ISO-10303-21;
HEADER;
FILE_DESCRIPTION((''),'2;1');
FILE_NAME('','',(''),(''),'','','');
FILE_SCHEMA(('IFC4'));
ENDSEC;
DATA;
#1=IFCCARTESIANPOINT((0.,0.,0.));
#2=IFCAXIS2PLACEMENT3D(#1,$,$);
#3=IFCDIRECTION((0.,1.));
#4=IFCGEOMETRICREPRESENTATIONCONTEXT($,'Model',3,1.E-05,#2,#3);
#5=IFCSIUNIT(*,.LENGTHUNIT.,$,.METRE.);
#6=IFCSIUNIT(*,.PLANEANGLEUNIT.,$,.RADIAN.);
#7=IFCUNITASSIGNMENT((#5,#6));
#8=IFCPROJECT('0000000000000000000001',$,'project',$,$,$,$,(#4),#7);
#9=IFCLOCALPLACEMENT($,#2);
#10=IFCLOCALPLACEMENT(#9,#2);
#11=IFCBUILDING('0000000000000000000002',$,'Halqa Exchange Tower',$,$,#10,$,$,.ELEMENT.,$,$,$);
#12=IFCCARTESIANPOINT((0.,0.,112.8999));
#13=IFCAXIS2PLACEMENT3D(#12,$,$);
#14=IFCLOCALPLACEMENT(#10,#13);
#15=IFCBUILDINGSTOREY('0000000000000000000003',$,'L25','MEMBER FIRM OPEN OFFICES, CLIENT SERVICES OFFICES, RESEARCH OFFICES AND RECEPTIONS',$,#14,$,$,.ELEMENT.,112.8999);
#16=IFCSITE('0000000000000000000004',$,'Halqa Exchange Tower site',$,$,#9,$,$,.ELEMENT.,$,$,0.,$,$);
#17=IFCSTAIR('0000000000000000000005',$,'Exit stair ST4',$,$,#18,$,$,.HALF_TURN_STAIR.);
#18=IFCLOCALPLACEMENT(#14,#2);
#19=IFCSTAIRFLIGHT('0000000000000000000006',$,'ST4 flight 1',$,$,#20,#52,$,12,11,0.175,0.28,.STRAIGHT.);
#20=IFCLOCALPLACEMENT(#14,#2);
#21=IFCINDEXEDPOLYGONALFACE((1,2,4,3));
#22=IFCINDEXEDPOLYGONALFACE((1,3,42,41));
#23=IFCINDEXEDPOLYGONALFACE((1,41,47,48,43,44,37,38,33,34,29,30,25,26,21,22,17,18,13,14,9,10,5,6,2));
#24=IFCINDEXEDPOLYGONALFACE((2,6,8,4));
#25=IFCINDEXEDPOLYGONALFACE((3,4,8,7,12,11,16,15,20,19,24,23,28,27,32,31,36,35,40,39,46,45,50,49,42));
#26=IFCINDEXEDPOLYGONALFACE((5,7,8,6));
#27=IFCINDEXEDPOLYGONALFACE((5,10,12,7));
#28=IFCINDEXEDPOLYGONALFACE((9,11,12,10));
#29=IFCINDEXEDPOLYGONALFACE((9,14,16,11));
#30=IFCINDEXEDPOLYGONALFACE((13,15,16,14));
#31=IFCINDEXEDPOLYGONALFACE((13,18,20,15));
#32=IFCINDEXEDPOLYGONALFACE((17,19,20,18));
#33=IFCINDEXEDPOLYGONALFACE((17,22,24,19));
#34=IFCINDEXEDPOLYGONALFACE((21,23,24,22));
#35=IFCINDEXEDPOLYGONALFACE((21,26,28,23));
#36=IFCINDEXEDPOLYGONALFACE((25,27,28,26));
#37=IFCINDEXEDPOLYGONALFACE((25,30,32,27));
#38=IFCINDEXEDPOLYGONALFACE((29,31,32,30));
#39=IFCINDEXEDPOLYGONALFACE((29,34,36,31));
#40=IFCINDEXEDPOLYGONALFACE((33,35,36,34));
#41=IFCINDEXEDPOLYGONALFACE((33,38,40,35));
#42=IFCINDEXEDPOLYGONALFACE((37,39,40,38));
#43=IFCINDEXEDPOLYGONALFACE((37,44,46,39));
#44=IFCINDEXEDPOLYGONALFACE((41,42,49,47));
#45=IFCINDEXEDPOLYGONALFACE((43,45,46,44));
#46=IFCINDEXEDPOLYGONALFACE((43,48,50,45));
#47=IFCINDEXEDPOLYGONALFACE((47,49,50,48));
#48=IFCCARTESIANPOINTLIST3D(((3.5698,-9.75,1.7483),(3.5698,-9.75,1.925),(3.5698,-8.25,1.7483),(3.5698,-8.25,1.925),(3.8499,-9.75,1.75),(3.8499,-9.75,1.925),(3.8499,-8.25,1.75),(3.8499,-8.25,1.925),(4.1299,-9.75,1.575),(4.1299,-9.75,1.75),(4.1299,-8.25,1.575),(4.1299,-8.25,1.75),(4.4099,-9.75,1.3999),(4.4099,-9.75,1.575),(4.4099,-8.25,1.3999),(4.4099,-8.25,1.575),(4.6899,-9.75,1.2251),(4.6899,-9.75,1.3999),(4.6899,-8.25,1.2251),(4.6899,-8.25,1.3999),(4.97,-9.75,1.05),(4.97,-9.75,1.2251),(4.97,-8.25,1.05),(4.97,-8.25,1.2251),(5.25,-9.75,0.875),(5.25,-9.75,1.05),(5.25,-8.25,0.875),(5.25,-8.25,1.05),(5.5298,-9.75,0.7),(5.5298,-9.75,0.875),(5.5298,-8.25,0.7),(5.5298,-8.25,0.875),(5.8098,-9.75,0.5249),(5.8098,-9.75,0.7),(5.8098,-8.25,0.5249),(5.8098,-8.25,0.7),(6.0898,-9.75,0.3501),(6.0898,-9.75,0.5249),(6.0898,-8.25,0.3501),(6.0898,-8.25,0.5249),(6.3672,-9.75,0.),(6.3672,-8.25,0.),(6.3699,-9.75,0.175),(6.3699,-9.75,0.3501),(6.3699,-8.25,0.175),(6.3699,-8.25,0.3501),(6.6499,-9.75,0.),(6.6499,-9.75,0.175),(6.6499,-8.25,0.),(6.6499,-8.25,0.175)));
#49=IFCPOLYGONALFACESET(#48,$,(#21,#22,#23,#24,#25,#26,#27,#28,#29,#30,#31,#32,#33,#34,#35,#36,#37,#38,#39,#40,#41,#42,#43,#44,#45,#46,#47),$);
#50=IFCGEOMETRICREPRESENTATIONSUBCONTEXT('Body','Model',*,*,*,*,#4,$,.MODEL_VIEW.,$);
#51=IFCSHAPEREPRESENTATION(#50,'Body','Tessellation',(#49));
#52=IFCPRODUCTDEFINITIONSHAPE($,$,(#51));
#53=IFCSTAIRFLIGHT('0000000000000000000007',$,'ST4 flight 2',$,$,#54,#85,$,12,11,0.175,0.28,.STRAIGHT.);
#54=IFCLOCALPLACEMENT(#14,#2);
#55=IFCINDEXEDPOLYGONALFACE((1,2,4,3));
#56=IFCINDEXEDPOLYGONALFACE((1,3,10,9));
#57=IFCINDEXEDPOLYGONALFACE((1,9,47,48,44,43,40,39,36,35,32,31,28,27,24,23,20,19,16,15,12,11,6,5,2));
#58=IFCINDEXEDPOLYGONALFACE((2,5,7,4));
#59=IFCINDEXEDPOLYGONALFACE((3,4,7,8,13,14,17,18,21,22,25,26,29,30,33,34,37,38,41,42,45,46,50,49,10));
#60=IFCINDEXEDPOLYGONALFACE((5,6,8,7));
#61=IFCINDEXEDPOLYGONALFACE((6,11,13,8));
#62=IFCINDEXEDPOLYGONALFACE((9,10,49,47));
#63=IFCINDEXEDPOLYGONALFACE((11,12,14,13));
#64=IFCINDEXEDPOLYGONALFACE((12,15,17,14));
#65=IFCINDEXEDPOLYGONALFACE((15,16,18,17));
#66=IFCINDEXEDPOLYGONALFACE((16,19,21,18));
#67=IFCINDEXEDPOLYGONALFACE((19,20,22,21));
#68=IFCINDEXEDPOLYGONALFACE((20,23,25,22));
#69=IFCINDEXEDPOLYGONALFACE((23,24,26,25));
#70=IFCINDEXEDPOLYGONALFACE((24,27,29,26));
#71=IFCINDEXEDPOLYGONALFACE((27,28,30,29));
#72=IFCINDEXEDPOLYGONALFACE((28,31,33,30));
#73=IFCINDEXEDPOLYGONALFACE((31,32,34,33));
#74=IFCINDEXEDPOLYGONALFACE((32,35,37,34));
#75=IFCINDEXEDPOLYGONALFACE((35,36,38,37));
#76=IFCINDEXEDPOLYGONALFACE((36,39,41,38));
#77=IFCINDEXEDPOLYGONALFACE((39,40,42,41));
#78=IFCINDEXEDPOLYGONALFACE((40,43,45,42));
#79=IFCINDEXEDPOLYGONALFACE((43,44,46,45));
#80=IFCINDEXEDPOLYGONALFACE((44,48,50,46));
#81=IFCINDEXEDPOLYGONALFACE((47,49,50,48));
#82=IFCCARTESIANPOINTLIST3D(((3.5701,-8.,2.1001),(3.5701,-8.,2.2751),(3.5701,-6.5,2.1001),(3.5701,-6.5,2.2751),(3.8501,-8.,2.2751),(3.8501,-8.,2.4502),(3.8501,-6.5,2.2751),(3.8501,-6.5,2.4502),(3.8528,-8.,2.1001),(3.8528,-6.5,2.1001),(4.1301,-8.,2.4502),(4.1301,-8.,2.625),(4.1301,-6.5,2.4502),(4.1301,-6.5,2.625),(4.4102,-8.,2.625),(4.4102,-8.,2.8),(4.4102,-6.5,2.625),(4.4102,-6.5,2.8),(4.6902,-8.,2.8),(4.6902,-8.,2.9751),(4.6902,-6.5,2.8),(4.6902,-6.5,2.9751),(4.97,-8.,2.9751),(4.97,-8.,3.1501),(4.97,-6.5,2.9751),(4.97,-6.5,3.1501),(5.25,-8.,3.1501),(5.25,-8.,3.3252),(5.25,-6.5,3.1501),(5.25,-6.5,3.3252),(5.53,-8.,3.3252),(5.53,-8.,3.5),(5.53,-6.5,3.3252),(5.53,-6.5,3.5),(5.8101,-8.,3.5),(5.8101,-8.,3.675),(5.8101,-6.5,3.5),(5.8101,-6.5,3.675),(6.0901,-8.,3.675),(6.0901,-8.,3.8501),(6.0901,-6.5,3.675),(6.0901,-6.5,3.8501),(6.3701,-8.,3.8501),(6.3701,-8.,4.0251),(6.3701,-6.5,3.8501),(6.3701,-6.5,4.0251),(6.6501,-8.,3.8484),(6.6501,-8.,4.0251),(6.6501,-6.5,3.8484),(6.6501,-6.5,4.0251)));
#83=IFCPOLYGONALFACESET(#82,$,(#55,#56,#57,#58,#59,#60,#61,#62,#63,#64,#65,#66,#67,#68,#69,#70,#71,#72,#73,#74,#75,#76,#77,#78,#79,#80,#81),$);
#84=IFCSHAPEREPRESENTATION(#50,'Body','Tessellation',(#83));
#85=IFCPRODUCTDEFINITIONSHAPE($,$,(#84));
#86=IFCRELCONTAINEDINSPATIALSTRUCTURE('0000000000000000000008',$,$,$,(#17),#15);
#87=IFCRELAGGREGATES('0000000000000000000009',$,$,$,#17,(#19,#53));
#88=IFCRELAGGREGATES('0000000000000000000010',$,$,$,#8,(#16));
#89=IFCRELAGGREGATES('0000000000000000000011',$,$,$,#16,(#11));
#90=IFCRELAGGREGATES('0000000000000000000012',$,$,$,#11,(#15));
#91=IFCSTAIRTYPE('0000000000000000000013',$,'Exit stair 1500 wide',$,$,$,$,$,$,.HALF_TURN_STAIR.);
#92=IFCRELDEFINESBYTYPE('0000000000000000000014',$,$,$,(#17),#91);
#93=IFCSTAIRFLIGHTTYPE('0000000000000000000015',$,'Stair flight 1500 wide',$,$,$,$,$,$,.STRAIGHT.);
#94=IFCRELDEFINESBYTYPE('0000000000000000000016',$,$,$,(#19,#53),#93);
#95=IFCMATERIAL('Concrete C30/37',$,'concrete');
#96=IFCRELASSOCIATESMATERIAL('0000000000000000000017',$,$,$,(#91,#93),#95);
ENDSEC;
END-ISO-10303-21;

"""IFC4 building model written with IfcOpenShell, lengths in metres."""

from ifc_helpers import new_model, si_unit, direction, frame, origin, place, context, subcontext, project, spatial, polyline, outline, extrude, material, type_object, element, aggregate, save


model = new_model("IFC4")

# Units and contexts
model_context = context("Model", 3, precision=1e-05, world=origin(), true_north=direction((0.0, 1.0)))
body_context = subcontext(model_context, "Body", "Model", "MODEL_VIEW")
ifc_project = project(units=[si_unit("LENGTHUNIT", "METRE"), si_unit("PLANEANGLEUNIT", "RADIAN")], contexts=[model_context])

# Site, building, storey
site_placement = place(None, origin())
site = spatial("IfcSite", under=ifc_project, at=site_placement, Name="Halqa Exchange Tower site", CompositionType="ELEMENT", RefElevation=0.0)
building_placement = place(site_placement, origin())
building = spatial("IfcBuilding", under=site, at=building_placement, Name="Halqa Exchange Tower", CompositionType="ELEMENT")
storey_placement = place(building_placement, frame((0.0, 0.0, 112.8999)))
storey = spatial("IfcBuildingStorey", under=building, at=storey_placement, Name="L25", Description="MEMBER FIRM OPEN OFFICES, CLIENT SERVICES OFFICES, RESEARCH OFFICES AND RECEPTIONS", CompositionType="ELEMENT", Elevation=112.8999)

# Shared definitions
ifc_material_1 = material(Name="Concrete C30/37", Category="concrete")

# Stair, stair flights
stair_type = type_object("IfcStairType", Name="Exit stair 1500 wide", PredefinedType="HALF_TURN_STAIR", material=ifc_material_1)
stair_placement = place(storey_placement, origin())
stair = element("IfcStair", 1, at=stair_placement, inside=storey, type_object=stair_type, Name="Exit stair ST4", PredefinedType="HALF_TURN_STAIR")
stair_flight_type = type_object("IfcStairFlightType", Name="Stair flight 1500 wide", PredefinedType="STRAIGHT", material=ifc_material_1)
stair_flight_1_placement = place(storey_placement, frame((6.6499, -9.0, 0.0), z_axis=(0.0, 0.0, 1.0), x_axis=(-1.0, 0.0, 0.0)))
stair_flight_1 = element("IfcStairFlight", 2, at=stair_flight_1_placement, type_object=stair_flight_type, Name="ST4 flight 1", NumberOfRisers=12, NumberOfTreads=11, PredefinedType="STRAIGHT", RiserHeight=0.175, TreadLength=0.28, context=body_context, shape_type="SweptSolid", body=[
    extrude(outline(polyline([(0.0, 0.0), (0.0, 0.175), (0.28, 0.175), (0.28, 0.3501), (0.5601, 0.3501), (0.5601, 0.5249), (0.8401, 0.5249), (0.8401, 0.7), (1.1201, 0.7), (1.1201, 0.875), (1.3999, 0.875), (1.3999, 1.05), (1.6799, 1.05), (1.6799, 1.2251), (1.96, 1.2251), (1.96, 1.3999), (2.24, 1.3999), (2.24, 1.575), (2.52, 1.575), (2.52, 1.75), (2.8, 1.75), (2.8, 1.925), (3.0801, 1.925), (3.0801, 2.1001), (3.0801, 1.7483), (0.2827, 0.0), (0.0, 0.0)])), frame((0.0, 0.75, 0.0), z_axis=(0.0, -1.0, 0.0), x_axis=(1.0, 0.0, 0.0)), (0.0, 0.0, 1.0), 1.5),
])
stair_flight_2_placement = place(storey_placement, frame((3.5701, -7.25, 2.1001), z_axis=(0.0, 0.0, 1.0), x_axis=(1.0, 0.0, 0.0)))
stair_flight_2 = element("IfcStairFlight", 3, at=stair_flight_2_placement, type_object=stair_flight_type, Name="ST4 flight 2", NumberOfRisers=12, NumberOfTreads=11, PredefinedType="STRAIGHT", RiserHeight=0.175, TreadLength=0.28, context=body_context, shape_type="SweptSolid", body=[
    extrude(outline(polyline([(0.0, 0.0), (0.0, 0.175), (0.28, 0.175), (0.28, 0.3501), (0.5601, 0.3501), (0.5601, 0.5249), (0.8401, 0.5249), (0.8401, 0.7), (1.1201, 0.7), (1.1201, 0.875), (1.3999, 0.875), (1.3999, 1.05), (1.6799, 1.05), (1.6799, 1.2251), (1.96, 1.2251), (1.96, 1.3999), (2.24, 1.3999), (2.24, 1.575), (2.52, 1.575), (2.52, 1.75), (2.8, 1.75), (2.8, 1.925), (3.0801, 1.925), (3.0801, 2.1001), (3.0801, 1.7483), (0.2827, 0.0), (0.0, 0.0)])), frame((0.0, 0.75, 0.0), z_axis=(0.0, -1.0, 0.0), x_axis=(1.0, 0.0, 0.0)), (0.0, 0.0, 1.0), 1.5),
])
aggregate(stair, [stair_flight_1, stair_flight_2])

save(model, "model.ifc")
